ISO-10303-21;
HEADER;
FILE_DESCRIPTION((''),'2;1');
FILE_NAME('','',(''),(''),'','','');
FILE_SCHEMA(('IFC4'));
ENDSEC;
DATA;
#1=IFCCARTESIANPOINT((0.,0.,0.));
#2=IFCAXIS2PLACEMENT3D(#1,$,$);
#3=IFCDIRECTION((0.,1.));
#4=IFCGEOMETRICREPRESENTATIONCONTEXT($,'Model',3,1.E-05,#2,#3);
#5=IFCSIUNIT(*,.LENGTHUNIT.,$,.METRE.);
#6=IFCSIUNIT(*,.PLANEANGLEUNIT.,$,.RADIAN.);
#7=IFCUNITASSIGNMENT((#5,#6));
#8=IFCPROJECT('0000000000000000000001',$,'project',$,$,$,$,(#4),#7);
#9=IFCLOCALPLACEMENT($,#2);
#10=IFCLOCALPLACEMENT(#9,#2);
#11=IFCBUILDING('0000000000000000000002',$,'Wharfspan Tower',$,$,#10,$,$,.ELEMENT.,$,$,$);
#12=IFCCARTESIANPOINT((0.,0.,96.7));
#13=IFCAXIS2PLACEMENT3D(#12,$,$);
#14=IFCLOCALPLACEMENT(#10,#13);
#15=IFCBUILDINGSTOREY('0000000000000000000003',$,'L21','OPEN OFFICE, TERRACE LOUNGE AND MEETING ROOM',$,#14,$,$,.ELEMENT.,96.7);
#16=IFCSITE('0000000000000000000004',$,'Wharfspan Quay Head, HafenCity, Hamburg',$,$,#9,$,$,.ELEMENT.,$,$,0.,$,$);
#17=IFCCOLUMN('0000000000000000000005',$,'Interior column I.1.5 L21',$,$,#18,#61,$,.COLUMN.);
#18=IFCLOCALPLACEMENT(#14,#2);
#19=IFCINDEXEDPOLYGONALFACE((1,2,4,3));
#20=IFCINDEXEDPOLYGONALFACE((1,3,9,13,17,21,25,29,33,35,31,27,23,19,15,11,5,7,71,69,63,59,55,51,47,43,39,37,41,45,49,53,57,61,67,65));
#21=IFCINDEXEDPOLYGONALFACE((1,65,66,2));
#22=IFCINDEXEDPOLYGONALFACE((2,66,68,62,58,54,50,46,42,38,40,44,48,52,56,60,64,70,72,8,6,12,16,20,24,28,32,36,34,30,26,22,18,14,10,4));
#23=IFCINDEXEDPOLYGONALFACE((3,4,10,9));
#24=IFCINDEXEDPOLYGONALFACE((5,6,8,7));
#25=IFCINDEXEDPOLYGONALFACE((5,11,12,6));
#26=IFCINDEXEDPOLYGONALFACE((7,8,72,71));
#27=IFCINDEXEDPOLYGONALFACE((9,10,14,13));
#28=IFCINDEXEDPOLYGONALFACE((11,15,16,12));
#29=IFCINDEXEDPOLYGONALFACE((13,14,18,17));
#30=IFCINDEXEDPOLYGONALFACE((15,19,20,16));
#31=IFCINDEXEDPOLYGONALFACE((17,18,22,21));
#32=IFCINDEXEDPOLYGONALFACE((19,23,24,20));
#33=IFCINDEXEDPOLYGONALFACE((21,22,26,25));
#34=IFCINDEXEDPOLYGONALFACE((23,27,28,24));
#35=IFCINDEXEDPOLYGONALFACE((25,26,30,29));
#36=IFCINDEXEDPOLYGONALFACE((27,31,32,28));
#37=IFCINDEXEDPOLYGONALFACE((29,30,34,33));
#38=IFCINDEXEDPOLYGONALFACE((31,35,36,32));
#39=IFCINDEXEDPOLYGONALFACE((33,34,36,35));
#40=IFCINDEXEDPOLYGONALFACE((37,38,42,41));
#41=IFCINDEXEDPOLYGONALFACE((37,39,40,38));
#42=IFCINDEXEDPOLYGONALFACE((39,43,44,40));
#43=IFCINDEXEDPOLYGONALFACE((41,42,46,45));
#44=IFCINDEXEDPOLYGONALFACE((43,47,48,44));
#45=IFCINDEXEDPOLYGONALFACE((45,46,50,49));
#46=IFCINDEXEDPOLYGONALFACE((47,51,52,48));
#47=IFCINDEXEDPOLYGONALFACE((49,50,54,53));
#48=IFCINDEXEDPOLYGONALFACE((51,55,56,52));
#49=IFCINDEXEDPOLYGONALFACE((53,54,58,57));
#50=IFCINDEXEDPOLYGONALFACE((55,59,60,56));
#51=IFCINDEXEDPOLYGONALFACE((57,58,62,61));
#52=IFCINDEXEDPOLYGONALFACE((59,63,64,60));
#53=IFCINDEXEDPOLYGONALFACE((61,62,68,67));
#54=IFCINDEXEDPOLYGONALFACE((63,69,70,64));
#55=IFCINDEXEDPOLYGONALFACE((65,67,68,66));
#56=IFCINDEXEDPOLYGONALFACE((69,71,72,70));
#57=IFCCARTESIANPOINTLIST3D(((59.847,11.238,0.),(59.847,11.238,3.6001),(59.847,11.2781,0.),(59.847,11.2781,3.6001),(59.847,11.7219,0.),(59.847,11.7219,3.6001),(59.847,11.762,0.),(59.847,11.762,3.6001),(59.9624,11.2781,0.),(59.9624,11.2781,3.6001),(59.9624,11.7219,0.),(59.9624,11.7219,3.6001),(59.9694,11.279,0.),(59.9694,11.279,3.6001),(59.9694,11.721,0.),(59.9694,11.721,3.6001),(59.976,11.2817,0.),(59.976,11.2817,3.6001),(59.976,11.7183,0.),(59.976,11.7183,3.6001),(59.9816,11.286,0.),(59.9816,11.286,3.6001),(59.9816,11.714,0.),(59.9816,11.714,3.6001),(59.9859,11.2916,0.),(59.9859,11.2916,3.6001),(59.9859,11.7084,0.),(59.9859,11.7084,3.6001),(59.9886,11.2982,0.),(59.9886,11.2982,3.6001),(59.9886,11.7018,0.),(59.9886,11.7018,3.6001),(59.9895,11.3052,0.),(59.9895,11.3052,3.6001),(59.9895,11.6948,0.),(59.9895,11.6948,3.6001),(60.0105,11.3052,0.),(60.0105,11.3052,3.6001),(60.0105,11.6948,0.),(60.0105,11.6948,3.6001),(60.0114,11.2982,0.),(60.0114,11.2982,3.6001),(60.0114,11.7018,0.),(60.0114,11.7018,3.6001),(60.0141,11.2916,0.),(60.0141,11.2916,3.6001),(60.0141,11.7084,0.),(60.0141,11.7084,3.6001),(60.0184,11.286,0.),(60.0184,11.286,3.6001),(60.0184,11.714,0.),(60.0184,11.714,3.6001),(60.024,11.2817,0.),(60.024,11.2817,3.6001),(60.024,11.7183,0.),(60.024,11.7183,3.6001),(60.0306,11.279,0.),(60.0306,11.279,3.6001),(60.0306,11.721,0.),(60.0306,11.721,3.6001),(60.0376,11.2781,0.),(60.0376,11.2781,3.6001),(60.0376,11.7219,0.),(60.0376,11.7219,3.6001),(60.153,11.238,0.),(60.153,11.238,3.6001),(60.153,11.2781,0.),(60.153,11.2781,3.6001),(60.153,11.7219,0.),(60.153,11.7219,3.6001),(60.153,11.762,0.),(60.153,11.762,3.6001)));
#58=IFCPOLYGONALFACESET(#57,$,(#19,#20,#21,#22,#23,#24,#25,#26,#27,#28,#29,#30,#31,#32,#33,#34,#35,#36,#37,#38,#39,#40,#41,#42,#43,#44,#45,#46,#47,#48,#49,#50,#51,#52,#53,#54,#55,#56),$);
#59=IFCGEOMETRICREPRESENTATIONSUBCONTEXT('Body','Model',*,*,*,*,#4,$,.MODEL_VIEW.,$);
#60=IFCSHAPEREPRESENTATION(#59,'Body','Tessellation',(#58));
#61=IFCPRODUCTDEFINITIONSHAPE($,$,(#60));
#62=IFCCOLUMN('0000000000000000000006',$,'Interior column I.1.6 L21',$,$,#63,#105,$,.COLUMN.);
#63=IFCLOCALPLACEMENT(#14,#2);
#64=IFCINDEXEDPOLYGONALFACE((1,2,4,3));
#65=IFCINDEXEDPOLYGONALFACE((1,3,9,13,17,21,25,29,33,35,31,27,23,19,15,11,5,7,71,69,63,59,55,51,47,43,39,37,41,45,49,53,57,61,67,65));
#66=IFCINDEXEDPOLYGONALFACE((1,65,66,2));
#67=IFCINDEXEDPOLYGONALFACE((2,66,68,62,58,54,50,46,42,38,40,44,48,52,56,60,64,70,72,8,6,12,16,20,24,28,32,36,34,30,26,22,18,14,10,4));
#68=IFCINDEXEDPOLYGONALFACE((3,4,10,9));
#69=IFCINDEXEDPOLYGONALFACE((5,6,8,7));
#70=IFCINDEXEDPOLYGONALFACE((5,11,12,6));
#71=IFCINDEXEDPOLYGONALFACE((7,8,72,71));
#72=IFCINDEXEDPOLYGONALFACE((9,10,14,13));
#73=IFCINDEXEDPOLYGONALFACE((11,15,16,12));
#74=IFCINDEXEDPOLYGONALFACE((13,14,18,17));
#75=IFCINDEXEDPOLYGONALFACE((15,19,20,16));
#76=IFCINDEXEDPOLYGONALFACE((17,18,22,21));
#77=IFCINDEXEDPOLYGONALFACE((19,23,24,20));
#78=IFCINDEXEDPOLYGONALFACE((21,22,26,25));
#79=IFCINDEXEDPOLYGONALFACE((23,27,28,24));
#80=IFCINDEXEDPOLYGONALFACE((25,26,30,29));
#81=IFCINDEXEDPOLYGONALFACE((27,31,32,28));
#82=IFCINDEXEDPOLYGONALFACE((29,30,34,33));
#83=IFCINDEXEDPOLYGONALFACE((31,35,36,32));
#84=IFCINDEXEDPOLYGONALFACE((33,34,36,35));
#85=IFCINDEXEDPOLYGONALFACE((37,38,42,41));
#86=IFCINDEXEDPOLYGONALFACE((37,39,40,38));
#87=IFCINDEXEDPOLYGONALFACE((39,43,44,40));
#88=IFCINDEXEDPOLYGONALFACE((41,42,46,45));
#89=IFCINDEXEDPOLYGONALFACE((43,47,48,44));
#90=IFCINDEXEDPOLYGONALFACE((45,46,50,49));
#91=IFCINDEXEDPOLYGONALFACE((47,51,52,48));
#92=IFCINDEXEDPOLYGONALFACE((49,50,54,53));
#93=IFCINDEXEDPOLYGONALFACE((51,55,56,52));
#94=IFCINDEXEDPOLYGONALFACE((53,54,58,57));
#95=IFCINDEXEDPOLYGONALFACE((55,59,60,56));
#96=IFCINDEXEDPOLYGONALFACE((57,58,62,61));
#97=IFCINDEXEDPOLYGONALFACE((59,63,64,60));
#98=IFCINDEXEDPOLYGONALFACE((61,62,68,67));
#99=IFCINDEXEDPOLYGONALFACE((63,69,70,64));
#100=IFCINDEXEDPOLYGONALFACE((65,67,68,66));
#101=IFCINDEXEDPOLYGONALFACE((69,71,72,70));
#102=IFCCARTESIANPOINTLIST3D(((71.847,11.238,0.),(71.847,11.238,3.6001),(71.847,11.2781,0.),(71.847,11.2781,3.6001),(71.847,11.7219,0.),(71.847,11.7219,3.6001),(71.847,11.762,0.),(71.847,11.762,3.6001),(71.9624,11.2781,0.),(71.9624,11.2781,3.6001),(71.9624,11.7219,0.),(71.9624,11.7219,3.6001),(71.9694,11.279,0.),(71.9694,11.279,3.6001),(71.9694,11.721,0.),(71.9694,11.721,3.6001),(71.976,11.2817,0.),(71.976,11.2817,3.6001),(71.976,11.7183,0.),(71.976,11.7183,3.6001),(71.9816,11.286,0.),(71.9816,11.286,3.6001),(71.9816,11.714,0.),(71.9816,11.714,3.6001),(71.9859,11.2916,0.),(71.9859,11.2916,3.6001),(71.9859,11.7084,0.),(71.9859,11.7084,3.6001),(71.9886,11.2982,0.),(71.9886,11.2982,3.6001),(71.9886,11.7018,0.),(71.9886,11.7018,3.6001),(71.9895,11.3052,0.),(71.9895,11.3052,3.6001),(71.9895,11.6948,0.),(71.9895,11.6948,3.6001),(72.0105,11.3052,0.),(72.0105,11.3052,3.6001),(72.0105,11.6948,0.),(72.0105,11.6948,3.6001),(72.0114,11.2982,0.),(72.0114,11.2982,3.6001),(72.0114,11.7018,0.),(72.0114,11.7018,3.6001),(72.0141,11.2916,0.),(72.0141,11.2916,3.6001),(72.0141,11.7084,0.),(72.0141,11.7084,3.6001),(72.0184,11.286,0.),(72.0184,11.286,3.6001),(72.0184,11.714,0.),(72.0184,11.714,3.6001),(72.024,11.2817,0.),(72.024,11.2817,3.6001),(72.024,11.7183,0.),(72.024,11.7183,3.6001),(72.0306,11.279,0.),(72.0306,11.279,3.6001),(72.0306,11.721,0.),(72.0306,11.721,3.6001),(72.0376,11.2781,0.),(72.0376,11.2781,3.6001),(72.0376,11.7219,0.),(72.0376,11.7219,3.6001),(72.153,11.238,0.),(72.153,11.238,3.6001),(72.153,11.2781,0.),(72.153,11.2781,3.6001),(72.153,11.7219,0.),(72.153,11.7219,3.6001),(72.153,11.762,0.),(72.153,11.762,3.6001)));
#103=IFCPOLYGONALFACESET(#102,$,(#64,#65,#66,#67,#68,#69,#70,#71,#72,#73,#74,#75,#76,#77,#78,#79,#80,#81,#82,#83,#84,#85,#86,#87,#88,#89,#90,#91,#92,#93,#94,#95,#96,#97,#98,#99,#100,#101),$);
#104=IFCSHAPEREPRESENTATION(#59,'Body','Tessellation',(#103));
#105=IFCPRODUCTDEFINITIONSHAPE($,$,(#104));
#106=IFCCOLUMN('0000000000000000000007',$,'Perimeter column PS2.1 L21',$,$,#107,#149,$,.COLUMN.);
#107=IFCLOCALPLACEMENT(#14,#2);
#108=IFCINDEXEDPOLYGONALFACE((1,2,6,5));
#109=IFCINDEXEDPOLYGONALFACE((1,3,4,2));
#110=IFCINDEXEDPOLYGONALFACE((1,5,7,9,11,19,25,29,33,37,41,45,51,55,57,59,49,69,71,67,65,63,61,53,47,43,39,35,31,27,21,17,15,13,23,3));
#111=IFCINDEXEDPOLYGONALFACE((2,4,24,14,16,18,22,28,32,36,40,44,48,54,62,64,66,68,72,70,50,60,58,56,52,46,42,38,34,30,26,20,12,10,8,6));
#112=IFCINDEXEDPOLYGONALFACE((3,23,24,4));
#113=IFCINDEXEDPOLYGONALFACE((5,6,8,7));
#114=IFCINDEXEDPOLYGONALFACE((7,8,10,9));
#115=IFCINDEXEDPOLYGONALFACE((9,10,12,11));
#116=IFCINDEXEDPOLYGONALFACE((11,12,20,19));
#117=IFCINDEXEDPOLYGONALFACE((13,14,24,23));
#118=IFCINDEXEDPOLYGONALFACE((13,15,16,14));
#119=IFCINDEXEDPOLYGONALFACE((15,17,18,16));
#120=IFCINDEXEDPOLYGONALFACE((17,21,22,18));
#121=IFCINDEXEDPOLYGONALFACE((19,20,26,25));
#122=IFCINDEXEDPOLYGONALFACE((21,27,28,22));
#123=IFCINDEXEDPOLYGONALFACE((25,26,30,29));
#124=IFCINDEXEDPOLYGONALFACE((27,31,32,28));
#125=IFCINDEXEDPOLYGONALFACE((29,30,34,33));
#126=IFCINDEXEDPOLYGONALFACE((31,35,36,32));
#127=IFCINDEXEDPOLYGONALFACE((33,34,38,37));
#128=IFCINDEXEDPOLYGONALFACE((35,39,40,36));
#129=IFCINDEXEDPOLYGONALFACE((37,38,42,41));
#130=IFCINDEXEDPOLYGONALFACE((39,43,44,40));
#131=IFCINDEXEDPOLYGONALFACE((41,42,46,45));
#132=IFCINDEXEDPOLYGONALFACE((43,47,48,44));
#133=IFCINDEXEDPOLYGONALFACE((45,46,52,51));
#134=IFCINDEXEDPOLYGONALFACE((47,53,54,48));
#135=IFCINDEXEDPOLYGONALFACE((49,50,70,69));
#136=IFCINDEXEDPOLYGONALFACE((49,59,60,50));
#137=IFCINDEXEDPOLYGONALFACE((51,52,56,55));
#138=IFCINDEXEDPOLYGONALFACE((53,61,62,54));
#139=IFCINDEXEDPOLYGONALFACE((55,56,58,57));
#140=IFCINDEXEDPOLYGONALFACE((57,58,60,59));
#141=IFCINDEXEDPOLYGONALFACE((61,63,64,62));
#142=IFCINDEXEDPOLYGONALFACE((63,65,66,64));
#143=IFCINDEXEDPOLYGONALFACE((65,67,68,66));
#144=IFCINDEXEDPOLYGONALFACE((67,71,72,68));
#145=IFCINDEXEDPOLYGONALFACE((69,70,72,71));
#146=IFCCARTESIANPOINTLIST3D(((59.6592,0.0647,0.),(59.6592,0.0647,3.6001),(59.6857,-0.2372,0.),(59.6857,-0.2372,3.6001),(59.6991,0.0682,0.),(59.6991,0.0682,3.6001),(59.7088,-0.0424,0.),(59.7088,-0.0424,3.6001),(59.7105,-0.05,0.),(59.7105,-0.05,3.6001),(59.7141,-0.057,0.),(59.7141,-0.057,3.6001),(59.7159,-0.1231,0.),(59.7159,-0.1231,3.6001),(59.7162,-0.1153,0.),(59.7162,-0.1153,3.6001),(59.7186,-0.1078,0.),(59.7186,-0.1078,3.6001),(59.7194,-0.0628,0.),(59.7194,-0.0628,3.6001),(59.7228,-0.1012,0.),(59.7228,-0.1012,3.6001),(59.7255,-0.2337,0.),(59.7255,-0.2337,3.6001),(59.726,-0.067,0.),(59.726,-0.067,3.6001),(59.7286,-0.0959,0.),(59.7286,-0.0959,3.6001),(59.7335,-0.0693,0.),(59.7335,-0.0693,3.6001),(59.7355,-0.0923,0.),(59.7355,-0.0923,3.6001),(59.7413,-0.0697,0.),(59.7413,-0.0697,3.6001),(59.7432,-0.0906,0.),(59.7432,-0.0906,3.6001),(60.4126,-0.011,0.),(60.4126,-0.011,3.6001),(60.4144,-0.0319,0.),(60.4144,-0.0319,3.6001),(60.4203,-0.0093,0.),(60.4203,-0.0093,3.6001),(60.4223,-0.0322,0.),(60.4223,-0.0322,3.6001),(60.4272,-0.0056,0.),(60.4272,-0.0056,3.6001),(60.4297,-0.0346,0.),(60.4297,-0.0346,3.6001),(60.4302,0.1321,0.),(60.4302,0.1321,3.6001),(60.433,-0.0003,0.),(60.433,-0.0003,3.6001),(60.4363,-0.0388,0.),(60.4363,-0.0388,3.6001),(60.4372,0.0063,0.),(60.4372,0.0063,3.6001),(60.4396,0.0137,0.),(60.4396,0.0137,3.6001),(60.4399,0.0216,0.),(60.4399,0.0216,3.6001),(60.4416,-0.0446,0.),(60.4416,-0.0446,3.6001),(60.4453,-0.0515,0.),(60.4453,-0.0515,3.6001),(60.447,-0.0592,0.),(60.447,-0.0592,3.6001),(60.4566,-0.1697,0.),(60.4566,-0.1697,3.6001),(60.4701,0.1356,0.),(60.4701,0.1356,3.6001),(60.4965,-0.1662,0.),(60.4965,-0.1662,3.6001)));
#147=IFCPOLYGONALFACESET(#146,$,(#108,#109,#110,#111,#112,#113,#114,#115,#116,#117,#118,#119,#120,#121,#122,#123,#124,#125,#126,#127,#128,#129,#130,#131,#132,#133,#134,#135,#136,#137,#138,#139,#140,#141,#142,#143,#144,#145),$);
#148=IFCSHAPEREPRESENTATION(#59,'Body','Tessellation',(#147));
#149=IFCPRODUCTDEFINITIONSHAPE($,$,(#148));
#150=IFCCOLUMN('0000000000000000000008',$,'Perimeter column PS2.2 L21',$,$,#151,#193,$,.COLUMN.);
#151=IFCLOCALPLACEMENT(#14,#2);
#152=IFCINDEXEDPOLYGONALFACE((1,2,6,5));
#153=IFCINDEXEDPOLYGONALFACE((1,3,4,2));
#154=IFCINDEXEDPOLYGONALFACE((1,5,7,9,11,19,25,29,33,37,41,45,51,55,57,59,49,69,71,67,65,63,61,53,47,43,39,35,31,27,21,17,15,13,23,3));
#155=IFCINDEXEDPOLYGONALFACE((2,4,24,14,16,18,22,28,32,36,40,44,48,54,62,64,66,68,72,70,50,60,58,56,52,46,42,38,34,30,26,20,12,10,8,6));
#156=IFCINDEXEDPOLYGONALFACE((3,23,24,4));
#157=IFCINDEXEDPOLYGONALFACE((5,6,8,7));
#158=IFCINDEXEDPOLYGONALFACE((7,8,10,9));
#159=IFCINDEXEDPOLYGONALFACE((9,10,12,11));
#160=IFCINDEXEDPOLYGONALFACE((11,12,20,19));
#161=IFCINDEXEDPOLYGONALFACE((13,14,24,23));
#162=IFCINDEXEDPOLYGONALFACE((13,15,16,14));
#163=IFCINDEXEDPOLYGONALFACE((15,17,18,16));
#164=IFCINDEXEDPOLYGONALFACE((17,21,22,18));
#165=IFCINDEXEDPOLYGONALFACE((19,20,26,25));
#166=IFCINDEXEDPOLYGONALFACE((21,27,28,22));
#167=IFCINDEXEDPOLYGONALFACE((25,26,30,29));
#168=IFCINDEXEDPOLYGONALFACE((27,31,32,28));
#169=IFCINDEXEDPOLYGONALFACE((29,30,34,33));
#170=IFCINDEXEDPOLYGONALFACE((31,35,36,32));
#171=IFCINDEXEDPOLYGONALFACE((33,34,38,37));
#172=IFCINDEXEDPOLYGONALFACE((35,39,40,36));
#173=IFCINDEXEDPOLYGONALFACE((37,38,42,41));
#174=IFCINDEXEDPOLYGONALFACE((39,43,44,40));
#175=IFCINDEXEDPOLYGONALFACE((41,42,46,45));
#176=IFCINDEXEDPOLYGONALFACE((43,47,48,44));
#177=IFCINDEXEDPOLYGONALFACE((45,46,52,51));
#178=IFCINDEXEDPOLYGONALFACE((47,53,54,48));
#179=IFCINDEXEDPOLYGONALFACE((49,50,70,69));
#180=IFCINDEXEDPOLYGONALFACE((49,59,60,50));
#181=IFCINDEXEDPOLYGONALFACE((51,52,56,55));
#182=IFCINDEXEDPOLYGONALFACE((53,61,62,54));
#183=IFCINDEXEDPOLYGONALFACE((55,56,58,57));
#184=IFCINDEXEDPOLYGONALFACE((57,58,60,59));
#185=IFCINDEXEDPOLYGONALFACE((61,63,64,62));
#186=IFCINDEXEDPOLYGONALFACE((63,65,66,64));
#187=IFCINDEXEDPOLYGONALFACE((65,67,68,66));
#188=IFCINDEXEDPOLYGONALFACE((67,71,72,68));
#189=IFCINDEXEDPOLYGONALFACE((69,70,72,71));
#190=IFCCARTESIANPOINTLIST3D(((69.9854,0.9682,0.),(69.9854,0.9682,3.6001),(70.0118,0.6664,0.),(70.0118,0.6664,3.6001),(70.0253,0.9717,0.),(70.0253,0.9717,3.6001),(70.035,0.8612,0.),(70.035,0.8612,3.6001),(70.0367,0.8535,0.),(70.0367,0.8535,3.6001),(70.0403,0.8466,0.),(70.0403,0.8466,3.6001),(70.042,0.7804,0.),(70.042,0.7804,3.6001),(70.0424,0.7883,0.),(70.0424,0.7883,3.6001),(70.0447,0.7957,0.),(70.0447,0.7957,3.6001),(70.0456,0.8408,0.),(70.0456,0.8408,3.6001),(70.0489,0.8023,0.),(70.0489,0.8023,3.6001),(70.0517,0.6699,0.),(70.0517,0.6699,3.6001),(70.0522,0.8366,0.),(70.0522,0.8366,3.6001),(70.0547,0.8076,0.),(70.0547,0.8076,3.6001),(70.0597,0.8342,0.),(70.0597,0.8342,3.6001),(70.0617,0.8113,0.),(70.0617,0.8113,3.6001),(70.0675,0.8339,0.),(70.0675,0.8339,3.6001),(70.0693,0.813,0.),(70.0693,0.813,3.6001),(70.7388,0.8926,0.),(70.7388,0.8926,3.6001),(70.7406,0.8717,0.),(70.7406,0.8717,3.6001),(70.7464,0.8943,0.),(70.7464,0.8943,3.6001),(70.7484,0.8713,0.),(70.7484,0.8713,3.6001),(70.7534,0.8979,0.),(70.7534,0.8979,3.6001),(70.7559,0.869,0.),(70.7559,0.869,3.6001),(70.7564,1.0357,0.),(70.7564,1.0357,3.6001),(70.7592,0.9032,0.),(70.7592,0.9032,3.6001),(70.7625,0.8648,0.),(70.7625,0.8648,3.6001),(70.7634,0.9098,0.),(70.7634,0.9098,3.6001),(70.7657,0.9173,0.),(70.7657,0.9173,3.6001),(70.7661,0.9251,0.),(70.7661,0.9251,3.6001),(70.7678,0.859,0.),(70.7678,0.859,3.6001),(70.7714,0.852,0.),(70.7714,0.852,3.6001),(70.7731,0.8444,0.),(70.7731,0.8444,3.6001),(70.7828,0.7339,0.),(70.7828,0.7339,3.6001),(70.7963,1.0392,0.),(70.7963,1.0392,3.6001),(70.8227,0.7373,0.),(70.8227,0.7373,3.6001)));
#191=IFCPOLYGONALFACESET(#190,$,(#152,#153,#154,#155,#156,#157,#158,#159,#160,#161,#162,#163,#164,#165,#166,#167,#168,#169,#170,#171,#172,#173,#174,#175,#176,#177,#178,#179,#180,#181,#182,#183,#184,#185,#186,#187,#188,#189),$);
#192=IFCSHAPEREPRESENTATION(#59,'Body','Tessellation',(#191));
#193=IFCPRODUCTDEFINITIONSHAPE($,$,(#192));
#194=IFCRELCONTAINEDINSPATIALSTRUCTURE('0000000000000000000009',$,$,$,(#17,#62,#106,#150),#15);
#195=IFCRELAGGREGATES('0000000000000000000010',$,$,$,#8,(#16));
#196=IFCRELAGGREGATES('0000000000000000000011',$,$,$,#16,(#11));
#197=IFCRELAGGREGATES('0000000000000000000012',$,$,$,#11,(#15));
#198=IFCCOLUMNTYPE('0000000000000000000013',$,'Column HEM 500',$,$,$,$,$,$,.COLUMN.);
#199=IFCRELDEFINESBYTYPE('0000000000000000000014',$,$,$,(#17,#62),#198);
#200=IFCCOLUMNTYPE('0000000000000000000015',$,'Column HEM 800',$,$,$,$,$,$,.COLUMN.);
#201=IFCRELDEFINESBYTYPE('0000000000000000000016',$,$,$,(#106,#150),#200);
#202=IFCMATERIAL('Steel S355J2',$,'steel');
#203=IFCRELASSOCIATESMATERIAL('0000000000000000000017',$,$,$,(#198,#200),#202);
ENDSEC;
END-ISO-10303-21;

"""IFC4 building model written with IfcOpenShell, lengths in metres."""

from ifc_helpers import new_model, si_unit, direction, frame, origin, origin_2d, place, context, subcontext, project, spatial, i_section, extrude, material, material_profile, profile_set, type_object, element, save


model = new_model("IFC4")

# Units and contexts
model_context = context("Model", 3, precision=1e-05, world=origin(), true_north=direction((0.0, 1.0)))
body_context = subcontext(model_context, "Body", "Model", "MODEL_VIEW")
ifc_project = project(units=[si_unit("LENGTHUNIT", "METRE"), si_unit("PLANEANGLEUNIT", "RADIAN")], contexts=[model_context])

# Site, building, storey
site_placement = place(None, origin())
site = spatial("IfcSite", under=ifc_project, at=site_placement, Name="Wharfspan Quay Head, HafenCity, Hamburg", CompositionType="ELEMENT", RefElevation=0.0)
building_placement = place(site_placement, origin())
building = spatial("IfcBuilding", under=site, at=building_placement, Name="Wharfspan Tower", CompositionType="ELEMENT")
storey_placement = place(building_placement, frame((0.0, 0.0, 96.7)))
storey = spatial("IfcBuildingStorey", under=building, at=storey_placement, Name="L21", Description="OPEN OFFICE, TERRACE LOUNGE AND MEETING ROOM", CompositionType="ELEMENT", Elevation=96.7)

# Columns
ifc_material_1 = material(Name="Steel S355J2", Category="steel")
ifc_material_profile_1 = material_profile(ifc_material_1, i_section(OverallWidth=0.3059, OverallDepth=0.5239, WebThickness=0.021, FlangeThickness=0.04, FilletRadius=0.0271, at=origin_2d()))
ifc_profile_set_1 = profile_set([ifc_material_profile_1], Name="Steel S355J2")
column_type_1 = type_object("IfcColumnType", Name="Column HEM 500", PredefinedType="COLUMN", material=ifc_profile_set_1)
for number, where, z_axis, x_axis, name in (
    (1, (60.0, 11.5, 0.0), (0.0, 0.0, 1.0), (1.0, 0.0, 0.0), "Interior column I.1.5 L21"),
    (2, (72.0, 11.5, 0.0), (0.0, 0.0, 1.0), (1.0, 0.0, 0.0), "Interior column I.1.6 L21"),
):
    element("IfcColumn", number, at=place(storey_placement, frame(where, z_axis=z_axis, x_axis=x_axis)), inside=storey, type_object=column_type_1, Name=name, PredefinedType="COLUMN", context=body_context, shape_type="SweptSolid", body=[
        extrude(i_section(OverallWidth=0.3059, OverallDepth=0.5239, WebThickness=0.021, FlangeThickness=0.04, FilletRadius=0.0271, at=origin_2d()), origin(), (0.0, 0.0, 1.0), 3.6001),
    ])
ifc_material_profile_2 = material_profile(ifc_material_1, i_section(OverallWidth=0.303, OverallDepth=0.814, WebThickness=0.021, FlangeThickness=0.04, FilletRadius=0.03, at=origin_2d()))
ifc_profile_set_2 = profile_set([ifc_material_profile_2], Name="Steel S355J2")
column_type_2 = type_object("IfcColumnType", Name="Column HEM 800", PredefinedType="COLUMN", material=ifc_profile_set_2)
for number, where, z_axis, x_axis, name in (
    (3, (60.0779, -0.0508, 0.0), (0.0, 0.0, 1.0), (0.087156, -0.996198, 0.0), "Perimeter column PS2.1 L21"),
    (4, (70.4041, 0.8528, 0.0), (0.0, 0.0, 1.0), (0.087156, -0.996198, 0.0), "Perimeter column PS2.2 L21"),
):
    element("IfcColumn", number, at=place(storey_placement, frame(where, z_axis=z_axis, x_axis=x_axis)), inside=storey, type_object=column_type_2, Name=name, PredefinedType="COLUMN", context=body_context, shape_type="SweptSolid", body=[
        extrude(i_section(OverallWidth=0.303, OverallDepth=0.814, WebThickness=0.021, FlangeThickness=0.04, FilletRadius=0.03, at=origin_2d()), origin(), (0.0, 0.0, 1.0), 3.6001),
    ])

save(model, "model.ifc")
